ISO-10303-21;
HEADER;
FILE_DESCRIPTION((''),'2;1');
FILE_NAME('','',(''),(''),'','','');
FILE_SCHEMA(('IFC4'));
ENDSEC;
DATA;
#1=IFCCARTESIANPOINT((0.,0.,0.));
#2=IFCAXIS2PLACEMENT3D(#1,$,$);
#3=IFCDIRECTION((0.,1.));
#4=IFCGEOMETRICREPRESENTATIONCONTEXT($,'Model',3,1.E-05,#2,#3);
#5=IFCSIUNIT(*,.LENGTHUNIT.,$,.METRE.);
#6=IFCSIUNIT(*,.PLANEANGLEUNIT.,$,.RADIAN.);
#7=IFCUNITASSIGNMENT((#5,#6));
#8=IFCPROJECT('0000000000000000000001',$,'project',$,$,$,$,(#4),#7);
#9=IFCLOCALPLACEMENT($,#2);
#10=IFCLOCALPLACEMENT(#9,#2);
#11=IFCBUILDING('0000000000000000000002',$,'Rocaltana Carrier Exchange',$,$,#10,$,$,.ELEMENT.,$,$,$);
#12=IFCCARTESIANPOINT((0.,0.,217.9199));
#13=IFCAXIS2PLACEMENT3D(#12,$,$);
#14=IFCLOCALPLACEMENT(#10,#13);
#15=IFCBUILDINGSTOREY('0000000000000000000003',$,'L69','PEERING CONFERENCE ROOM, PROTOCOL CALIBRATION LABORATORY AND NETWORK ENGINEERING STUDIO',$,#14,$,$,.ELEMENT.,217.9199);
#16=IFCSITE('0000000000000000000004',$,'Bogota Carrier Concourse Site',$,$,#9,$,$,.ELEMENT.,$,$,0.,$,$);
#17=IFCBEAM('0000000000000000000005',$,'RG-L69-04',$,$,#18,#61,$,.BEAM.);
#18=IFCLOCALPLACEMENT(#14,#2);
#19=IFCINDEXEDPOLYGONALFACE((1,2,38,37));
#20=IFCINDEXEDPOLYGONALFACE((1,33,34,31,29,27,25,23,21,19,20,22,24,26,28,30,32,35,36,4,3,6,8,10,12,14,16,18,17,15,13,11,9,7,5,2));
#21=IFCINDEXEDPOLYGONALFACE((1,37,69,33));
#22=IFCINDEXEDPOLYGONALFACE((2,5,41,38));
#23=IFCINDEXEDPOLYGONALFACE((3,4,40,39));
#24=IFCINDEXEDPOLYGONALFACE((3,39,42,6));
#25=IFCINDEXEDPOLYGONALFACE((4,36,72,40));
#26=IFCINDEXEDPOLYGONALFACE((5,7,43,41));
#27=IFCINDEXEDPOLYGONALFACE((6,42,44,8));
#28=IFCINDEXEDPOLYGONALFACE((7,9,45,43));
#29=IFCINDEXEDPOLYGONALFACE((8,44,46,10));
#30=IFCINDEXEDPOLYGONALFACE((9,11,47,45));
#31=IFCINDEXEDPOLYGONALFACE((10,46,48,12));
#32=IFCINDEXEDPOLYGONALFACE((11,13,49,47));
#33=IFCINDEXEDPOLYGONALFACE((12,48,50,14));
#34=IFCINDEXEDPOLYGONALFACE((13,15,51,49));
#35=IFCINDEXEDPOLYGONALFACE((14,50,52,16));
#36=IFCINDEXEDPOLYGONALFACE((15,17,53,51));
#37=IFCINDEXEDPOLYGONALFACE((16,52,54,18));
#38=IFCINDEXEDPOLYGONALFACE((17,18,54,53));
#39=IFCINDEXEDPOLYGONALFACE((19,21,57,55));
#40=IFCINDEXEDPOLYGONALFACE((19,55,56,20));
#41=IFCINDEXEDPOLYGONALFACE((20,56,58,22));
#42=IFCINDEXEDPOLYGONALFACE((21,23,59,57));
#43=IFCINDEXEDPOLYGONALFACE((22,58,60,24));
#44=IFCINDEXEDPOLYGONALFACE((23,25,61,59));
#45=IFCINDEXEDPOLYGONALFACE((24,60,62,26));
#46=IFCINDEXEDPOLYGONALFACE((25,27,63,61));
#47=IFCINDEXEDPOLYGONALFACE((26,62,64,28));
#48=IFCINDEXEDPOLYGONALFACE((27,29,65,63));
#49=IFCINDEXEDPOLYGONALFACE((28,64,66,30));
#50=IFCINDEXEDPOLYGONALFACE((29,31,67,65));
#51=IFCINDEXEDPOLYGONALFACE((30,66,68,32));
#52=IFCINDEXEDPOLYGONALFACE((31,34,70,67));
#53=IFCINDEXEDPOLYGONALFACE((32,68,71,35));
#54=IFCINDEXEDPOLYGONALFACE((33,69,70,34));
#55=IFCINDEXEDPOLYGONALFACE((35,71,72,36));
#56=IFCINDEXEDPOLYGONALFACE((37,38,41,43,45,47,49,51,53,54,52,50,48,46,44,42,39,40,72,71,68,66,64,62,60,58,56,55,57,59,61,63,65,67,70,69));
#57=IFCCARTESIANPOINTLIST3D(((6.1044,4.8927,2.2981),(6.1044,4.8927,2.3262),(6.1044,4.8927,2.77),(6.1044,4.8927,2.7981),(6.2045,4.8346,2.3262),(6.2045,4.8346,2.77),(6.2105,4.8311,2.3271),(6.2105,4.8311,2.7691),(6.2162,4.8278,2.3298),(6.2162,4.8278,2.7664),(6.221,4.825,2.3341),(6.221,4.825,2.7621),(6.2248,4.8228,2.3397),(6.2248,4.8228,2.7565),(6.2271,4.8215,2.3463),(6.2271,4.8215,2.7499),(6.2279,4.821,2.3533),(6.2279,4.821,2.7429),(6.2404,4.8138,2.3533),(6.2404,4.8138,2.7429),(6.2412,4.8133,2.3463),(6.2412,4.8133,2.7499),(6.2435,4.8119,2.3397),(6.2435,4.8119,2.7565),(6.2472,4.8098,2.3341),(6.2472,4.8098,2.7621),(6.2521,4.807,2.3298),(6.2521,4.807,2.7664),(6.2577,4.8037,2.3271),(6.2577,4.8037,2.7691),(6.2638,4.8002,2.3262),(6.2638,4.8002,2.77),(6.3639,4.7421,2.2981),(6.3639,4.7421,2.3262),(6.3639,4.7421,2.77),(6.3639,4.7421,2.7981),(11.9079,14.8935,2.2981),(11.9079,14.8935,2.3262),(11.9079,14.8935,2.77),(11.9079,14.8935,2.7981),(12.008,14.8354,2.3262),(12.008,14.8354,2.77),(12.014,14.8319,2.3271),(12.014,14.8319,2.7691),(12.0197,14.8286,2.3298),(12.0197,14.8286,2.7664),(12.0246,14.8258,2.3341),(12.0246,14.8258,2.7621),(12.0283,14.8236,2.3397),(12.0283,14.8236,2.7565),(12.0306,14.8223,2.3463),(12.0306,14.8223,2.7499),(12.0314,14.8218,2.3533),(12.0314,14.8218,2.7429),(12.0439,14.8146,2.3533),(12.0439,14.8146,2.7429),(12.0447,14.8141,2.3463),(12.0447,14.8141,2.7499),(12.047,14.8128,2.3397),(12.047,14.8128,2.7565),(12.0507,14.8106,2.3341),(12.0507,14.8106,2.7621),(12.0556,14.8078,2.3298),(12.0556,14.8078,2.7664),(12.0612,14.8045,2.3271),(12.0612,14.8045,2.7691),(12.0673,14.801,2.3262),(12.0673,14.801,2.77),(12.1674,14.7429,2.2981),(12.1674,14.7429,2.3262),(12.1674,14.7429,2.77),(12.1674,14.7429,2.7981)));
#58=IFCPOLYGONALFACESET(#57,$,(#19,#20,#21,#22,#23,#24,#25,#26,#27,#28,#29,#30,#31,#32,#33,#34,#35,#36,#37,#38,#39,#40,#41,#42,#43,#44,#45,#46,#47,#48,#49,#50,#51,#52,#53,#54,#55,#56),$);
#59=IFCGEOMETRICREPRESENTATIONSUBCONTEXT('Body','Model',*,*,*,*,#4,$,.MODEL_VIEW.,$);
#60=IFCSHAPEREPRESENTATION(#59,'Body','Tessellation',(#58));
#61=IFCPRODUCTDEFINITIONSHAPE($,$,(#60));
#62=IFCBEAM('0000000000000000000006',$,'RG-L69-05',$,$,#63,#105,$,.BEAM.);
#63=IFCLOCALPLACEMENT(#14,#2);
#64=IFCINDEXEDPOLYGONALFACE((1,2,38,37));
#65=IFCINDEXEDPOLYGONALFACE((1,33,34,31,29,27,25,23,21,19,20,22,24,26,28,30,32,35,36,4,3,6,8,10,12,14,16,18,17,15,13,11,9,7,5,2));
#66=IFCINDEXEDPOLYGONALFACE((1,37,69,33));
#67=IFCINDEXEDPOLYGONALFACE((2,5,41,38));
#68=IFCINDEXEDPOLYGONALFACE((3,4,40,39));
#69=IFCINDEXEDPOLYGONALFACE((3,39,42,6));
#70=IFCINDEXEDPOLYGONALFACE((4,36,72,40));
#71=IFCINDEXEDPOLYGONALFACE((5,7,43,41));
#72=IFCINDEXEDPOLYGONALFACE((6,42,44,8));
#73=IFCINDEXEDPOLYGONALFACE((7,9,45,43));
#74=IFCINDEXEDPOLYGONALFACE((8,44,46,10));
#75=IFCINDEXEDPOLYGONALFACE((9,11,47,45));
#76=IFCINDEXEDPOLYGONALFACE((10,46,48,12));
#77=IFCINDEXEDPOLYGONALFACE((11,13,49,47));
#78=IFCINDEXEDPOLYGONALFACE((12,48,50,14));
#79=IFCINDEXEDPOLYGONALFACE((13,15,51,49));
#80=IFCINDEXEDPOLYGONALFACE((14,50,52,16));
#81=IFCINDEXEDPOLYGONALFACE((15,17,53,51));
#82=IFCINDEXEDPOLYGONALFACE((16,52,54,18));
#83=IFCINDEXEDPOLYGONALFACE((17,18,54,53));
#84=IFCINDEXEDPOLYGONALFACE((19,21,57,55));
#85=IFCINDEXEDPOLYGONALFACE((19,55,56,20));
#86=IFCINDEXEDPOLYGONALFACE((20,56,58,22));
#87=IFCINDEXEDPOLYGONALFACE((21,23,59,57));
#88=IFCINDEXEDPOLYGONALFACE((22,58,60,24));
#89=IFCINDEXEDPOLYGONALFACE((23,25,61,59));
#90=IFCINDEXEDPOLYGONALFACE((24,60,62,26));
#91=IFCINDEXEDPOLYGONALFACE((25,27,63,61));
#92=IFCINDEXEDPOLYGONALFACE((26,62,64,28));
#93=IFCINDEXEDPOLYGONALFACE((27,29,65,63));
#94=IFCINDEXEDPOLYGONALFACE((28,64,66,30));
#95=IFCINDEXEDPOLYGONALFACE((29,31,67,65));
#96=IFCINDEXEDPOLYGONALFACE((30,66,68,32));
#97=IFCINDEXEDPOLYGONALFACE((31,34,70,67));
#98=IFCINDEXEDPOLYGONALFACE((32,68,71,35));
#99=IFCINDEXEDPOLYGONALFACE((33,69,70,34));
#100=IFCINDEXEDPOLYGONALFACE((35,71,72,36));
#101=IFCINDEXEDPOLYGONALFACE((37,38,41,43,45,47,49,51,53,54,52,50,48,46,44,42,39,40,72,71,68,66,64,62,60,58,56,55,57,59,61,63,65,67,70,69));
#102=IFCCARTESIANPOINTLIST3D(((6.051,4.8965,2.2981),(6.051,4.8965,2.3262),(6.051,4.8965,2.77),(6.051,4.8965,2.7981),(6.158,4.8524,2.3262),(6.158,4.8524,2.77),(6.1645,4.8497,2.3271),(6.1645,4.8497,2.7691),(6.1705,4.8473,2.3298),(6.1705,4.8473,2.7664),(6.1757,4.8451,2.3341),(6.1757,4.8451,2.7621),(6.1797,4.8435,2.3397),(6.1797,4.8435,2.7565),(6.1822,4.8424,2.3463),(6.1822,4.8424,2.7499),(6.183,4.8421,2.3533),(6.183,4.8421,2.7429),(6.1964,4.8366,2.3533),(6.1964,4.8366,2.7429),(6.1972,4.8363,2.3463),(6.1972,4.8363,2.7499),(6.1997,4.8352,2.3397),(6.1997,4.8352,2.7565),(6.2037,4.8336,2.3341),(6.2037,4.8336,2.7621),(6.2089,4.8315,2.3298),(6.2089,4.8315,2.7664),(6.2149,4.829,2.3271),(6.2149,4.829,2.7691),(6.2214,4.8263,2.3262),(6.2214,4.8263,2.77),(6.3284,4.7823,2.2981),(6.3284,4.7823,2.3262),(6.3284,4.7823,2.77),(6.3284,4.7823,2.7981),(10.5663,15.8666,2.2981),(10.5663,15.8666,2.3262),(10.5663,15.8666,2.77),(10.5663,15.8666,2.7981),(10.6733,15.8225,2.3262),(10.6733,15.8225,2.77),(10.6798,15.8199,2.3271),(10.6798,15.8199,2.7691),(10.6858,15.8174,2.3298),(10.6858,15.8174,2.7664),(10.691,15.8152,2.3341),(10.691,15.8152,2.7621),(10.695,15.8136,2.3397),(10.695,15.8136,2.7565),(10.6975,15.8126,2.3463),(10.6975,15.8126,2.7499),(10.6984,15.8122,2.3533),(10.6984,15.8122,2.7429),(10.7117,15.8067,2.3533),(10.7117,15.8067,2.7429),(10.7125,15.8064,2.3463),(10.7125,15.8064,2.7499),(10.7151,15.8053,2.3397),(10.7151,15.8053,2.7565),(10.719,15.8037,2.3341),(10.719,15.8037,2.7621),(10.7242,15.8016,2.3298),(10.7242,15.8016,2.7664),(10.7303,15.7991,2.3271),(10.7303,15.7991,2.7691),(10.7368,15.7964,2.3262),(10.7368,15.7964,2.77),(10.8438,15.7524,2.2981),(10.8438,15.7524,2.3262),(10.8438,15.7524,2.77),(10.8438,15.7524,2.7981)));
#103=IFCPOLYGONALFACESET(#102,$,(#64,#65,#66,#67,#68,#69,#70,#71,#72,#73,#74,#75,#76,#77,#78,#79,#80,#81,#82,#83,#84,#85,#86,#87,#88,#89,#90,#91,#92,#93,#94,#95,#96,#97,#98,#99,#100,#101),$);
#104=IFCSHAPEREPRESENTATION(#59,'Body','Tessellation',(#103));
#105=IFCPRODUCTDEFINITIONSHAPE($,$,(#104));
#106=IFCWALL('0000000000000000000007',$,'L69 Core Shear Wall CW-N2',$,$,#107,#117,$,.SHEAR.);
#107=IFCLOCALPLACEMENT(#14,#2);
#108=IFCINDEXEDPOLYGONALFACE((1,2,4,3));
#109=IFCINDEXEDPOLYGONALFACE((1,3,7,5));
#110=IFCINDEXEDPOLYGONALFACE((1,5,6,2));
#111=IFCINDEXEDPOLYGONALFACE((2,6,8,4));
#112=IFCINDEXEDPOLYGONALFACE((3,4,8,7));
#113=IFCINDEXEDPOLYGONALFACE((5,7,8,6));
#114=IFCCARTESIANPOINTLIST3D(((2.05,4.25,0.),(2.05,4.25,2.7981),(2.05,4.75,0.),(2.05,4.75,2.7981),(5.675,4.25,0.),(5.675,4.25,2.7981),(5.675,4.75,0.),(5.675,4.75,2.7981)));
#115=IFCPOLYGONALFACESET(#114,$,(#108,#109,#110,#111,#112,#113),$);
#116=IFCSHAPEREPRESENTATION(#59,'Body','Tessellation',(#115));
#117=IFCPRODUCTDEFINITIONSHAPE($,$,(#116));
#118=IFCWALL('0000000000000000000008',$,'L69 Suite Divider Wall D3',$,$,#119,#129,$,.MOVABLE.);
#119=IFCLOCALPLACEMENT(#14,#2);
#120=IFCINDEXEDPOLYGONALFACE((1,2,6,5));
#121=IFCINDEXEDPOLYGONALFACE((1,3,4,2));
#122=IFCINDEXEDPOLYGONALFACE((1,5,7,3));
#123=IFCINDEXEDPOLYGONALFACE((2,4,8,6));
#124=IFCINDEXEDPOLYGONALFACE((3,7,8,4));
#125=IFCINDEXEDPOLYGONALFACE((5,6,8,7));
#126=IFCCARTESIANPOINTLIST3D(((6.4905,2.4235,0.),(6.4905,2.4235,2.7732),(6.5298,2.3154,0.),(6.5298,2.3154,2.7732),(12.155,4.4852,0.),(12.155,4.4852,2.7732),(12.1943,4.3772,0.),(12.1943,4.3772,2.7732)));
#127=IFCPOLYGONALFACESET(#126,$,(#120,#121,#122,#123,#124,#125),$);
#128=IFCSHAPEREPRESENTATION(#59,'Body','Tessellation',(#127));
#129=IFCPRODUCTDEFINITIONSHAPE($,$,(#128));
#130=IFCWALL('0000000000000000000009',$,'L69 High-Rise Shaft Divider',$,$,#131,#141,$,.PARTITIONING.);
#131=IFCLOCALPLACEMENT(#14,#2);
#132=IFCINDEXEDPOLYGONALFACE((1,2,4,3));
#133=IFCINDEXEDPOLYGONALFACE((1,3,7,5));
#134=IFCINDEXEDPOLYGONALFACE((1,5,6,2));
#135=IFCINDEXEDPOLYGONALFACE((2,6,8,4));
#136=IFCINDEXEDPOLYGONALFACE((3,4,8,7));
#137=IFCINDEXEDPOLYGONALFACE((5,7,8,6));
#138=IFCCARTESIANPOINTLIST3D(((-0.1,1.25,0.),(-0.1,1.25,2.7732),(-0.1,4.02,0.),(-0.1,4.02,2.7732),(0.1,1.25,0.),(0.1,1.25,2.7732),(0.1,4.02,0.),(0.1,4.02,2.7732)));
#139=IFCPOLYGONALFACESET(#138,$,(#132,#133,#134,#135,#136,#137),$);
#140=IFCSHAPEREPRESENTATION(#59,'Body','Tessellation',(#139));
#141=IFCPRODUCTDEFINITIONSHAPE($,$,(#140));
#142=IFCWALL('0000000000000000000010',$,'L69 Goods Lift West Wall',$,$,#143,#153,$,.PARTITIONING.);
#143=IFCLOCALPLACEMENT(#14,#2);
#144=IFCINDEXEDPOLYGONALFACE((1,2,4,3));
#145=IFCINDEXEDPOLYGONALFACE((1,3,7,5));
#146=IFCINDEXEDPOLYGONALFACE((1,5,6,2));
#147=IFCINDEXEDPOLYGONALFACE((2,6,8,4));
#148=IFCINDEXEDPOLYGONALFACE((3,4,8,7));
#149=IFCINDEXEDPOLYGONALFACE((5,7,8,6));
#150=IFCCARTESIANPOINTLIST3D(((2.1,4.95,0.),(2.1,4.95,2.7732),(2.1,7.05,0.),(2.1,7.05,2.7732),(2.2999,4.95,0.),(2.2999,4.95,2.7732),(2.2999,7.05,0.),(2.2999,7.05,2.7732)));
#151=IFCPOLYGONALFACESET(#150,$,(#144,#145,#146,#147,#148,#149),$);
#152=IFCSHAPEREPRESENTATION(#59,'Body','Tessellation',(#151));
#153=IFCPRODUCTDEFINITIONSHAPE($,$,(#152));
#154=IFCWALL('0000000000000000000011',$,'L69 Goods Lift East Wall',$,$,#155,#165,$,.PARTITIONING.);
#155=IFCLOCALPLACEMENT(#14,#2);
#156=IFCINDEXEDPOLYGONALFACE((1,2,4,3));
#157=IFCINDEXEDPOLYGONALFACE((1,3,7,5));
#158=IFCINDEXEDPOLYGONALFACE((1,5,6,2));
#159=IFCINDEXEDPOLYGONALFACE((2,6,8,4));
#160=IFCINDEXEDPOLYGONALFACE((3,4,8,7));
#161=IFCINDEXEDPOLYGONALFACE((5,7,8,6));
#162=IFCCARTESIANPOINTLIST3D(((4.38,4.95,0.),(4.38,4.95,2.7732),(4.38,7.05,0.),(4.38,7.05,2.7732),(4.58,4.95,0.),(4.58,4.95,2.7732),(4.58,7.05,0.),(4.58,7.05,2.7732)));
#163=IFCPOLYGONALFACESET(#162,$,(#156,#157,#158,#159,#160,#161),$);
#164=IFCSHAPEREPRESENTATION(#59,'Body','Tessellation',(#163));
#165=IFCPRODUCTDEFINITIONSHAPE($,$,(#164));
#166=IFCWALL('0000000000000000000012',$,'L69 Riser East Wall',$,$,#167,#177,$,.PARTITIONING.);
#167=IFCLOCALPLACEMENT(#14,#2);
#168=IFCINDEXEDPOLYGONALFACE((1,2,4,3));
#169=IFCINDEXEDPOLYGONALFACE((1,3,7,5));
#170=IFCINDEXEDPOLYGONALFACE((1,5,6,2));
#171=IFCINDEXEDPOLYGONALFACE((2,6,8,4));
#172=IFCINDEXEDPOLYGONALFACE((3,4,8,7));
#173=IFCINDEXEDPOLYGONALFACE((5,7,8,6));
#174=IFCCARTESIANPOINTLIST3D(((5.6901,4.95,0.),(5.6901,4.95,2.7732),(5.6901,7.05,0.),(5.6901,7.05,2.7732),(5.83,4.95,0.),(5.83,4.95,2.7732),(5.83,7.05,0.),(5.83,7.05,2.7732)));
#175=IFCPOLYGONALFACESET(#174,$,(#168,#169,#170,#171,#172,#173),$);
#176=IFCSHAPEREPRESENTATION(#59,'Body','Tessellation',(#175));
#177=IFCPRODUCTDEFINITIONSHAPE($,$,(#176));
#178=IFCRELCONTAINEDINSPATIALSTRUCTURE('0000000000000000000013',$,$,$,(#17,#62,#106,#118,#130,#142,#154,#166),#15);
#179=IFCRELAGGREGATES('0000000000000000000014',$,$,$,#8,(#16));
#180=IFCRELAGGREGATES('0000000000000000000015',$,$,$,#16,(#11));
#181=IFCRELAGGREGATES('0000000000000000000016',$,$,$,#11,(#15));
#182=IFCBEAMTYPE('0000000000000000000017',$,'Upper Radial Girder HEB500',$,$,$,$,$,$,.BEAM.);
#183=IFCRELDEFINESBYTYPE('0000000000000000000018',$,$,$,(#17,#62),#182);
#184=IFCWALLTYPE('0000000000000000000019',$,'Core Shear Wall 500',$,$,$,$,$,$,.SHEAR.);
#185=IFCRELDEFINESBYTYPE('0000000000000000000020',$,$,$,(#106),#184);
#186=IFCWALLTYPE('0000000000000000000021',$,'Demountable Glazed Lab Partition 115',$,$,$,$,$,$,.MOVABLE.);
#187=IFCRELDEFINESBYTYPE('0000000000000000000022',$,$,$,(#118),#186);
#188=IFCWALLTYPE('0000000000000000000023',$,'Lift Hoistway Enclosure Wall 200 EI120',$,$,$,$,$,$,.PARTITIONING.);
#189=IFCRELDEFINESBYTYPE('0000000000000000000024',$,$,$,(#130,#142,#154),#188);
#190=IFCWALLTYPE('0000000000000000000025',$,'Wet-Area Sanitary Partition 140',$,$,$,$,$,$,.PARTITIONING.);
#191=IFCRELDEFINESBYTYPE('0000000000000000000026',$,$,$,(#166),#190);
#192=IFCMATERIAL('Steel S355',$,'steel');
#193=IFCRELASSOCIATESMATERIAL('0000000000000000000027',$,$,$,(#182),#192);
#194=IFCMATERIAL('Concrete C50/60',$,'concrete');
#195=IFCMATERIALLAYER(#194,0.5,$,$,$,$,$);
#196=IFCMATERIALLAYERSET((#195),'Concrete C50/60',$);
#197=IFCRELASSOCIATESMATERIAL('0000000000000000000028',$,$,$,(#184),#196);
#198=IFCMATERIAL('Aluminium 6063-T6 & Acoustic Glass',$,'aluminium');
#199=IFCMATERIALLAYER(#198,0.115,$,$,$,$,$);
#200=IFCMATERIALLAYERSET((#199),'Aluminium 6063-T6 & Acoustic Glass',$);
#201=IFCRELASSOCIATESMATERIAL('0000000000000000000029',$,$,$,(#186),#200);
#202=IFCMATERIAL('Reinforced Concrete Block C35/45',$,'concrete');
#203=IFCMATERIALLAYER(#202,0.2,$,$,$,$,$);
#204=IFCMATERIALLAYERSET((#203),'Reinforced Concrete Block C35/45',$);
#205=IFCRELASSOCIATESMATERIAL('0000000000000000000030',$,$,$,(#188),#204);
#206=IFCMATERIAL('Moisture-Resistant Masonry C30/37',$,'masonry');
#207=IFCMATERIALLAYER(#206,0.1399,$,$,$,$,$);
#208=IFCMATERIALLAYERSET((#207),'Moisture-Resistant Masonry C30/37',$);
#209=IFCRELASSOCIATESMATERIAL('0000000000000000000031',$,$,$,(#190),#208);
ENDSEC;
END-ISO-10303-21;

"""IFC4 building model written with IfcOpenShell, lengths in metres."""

from ifc_helpers import new_model, si_unit, direction, frame, frame_2d, origin, origin_2d, place, context, subcontext, project, spatial, rectangle, i_section, extrude, material, layer, layer_set, material_profile, profile_set, type_object, element, save


model = new_model("IFC4")

# Units and contexts
model_context = context("Model", 3, precision=1e-05, world=origin(), true_north=direction((0.0, 1.0)))
body_context = subcontext(model_context, "Body", "Model", "MODEL_VIEW")
ifc_project = project(units=[si_unit("LENGTHUNIT", "METRE"), si_unit("PLANEANGLEUNIT", "RADIAN")], contexts=[model_context])

# Site, building, storey
site_placement = place(None, origin())
site = spatial("IfcSite", under=ifc_project, at=site_placement, Name="Bogota Carrier Concourse Site", CompositionType="ELEMENT", RefElevation=0.0)
building_placement = place(site_placement, origin())
building = spatial("IfcBuilding", under=site, at=building_placement, Name="Rocaltana Carrier Exchange", CompositionType="ELEMENT")
storey_placement = place(building_placement, frame((0.0, 0.0, 217.9199)))
storey = spatial("IfcBuildingStorey", under=building, at=storey_placement, Name="L69", Description="PEERING CONFERENCE ROOM, PROTOCOL CALIBRATION LABORATORY AND NETWORK ENGINEERING STUDIO", CompositionType="ELEMENT", Elevation=217.9199)

# Beams
ifc_material_1 = material(Name="Steel S355", Category="steel")
ifc_material_profile_1 = material_profile(ifc_material_1, i_section(OverallWidth=0.3, OverallDepth=0.5, WebThickness=0.0144, FlangeThickness=0.0281, FilletRadius=0.0271, at=origin_2d()), Name="HEB500")
ifc_profile_set_1 = profile_set([ifc_material_profile_1], Name="Steel S355")
beam_type_1 = type_object("IfcBeamType", Name="Upper Radial Girder HEB500", PredefinedType="BEAM", material=ifc_profile_set_1)
beam_1_placement = place(storey_placement, frame((6.2341, 4.8174, 2.5481), z_axis=(0.501915, 0.864917, 0.0), x_axis=(-0.864917, 0.501915, 0.0)))
element("IfcBeam", 1, at=beam_1_placement, inside=storey, type_object=beam_type_1, Name="RG-L69-04", PredefinedType="BEAM", context=body_context, shape_type="SweptSolid", body=[
    extrude(i_section(OverallWidth=0.3, OverallDepth=0.5, WebThickness=0.0144, FlangeThickness=0.0281, FilletRadius=0.0271, at=origin_2d()), origin(), (0.0, 0.0, 1.0), 11.5627),
])
beam_2_placement = place(storey_placement, frame((6.1897, 4.8394, 2.5481), z_axis=(0.380622, 0.924731, 0.0), x_axis=(-0.924731, 0.380622, 0.0)))
element("IfcBeam", 2, at=beam_2_placement, inside=storey, type_object=beam_type_1, Name="RG-L69-05", PredefinedType="BEAM", context=body_context, shape_type="SweptSolid", body=[
    extrude(i_section(OverallWidth=0.3, OverallDepth=0.5, WebThickness=0.0144, FlangeThickness=0.0281, FilletRadius=0.0271, at=origin_2d()), origin(), (0.0, 0.0, 1.0), 11.863),
])

# Walls
ifc_material_2 = material(Name="Concrete C50/60", Category="concrete")
ifc_layer_1 = layer(ifc_material_2, 0.5)
ifc_layer_set_1 = layer_set([ifc_layer_1], Name="Concrete C50/60")
wall_type_1 = type_object("IfcWallType", Name="Core Shear Wall 500", PredefinedType="SHEAR", material=ifc_layer_set_1)
wall_1_placement = place(storey_placement, frame((2.05, 4.5, 0.0), z_axis=(0.0, 0.0, 1.0), x_axis=(1.0, 0.0, 0.0)))
element("IfcWall", 3, at=wall_1_placement, inside=storey, type_object=wall_type_1, Name="L69 Core Shear Wall CW-N2", PredefinedType="SHEAR", context=body_context, shape_type="SweptSolid", body=[
    extrude(rectangle(XDim=3.625, YDim=0.5, at=frame_2d((1.8125, 0.0))), origin(), (0.0, 0.0, 1.0), 2.7981),
])
ifc_material_3 = material(Name="Aluminium 6063-T6 & Acoustic Glass", Category="aluminium")
ifc_layer_2 = layer(ifc_material_3, 0.115)
ifc_layer_set_2 = layer_set([ifc_layer_2], Name="Aluminium 6063-T6 & Acoustic Glass")
wall_type_2 = type_object("IfcWallType", Name="Demountable Glazed Lab Partition 115", PredefinedType="MOVABLE", material=ifc_layer_set_2)
wall_2_placement = place(storey_placement, frame((6.51, 2.3694, 0.0), z_axis=(0.0, 0.0, 1.0), x_axis=(0.939691, 0.342026, 0.0)))
element("IfcWall", 4, at=wall_2_placement, inside=storey, type_object=wall_type_2, Name="L69 Suite Divider Wall D3", PredefinedType="MOVABLE", context=body_context, shape_type="SweptSolid", body=[
    extrude(rectangle(XDim=6.0281, YDim=0.115, at=frame_2d((3.0142, 0.0))), origin(), (0.0, 0.0, 1.0), 2.7732),
])
ifc_material_4 = material(Name="Reinforced Concrete Block C35/45", Category="concrete")
ifc_layer_3 = layer(ifc_material_4, 0.2)
ifc_layer_set_3 = layer_set([ifc_layer_3], Name="Reinforced Concrete Block C35/45")
wall_type_3 = type_object("IfcWallType", Name="Lift Hoistway Enclosure Wall 200 EI120", PredefinedType="PARTITIONING", material=ifc_layer_set_3)
wall_3_placement = place(storey_placement, frame((0.0, 1.25, 0.0), z_axis=(0.0, 0.0, 1.0), x_axis=(0.0, 1.0, 0.0)))
element("IfcWall", 5, at=wall_3_placement, inside=storey, type_object=wall_type_3, Name="L69 High-Rise Shaft Divider", PredefinedType="PARTITIONING", context=body_context, shape_type="SweptSolid", body=[
    extrude(rectangle(XDim=2.77, YDim=0.2, at=frame_2d((1.385, 0.0))), origin(), (0.0, 0.0, 1.0), 2.7732),
])
for number, where, z_axis, x_axis, name in (
    (6, (2.2, 4.95, 0.0), (0.0, 0.0, 1.0), (0.0, 1.0, 0.0), "L69 Goods Lift West Wall"),
    (7, (4.48, 4.95, 0.0), (0.0, 0.0, 1.0), (0.0, 1.0, 0.0), "L69 Goods Lift East Wall"),
):
    element("IfcWall", number, at=place(storey_placement, frame(where, z_axis=z_axis, x_axis=x_axis)), inside=storey, type_object=wall_type_3, Name=name, PredefinedType="PARTITIONING", context=body_context, shape_type="SweptSolid", body=[
        extrude(rectangle(XDim=2.1001, YDim=0.2, at=frame_2d((1.05, 0.0))), origin(), (0.0, 0.0, 1.0), 2.7732),
    ])
ifc_material_5 = material(Name="Moisture-Resistant Masonry C30/37", Category="masonry")
ifc_layer_4 = layer(ifc_material_5, 0.1399)
ifc_layer_set_4 = layer_set([ifc_layer_4], Name="Moisture-Resistant Masonry C30/37")
wall_type_4 = type_object("IfcWallType", Name="Wet-Area Sanitary Partition 140", PredefinedType="PARTITIONING", material=ifc_layer_set_4)
wall_4_placement = place(storey_placement, frame((5.76, 4.95, 0.0), z_axis=(0.0, 0.0, 1.0), x_axis=(0.0, 1.0, 0.0)))
element("IfcWall", 8, at=wall_4_placement, inside=storey, type_object=wall_type_4, Name="L69 Riser East Wall", PredefinedType="PARTITIONING", context=body_context, shape_type="SweptSolid", body=[
    extrude(rectangle(XDim=2.1001, YDim=0.1399, at=frame_2d((1.05, 0.0))), origin(), (0.0, 0.0, 1.0), 2.7732),
])

save(model, "model.ifc")
